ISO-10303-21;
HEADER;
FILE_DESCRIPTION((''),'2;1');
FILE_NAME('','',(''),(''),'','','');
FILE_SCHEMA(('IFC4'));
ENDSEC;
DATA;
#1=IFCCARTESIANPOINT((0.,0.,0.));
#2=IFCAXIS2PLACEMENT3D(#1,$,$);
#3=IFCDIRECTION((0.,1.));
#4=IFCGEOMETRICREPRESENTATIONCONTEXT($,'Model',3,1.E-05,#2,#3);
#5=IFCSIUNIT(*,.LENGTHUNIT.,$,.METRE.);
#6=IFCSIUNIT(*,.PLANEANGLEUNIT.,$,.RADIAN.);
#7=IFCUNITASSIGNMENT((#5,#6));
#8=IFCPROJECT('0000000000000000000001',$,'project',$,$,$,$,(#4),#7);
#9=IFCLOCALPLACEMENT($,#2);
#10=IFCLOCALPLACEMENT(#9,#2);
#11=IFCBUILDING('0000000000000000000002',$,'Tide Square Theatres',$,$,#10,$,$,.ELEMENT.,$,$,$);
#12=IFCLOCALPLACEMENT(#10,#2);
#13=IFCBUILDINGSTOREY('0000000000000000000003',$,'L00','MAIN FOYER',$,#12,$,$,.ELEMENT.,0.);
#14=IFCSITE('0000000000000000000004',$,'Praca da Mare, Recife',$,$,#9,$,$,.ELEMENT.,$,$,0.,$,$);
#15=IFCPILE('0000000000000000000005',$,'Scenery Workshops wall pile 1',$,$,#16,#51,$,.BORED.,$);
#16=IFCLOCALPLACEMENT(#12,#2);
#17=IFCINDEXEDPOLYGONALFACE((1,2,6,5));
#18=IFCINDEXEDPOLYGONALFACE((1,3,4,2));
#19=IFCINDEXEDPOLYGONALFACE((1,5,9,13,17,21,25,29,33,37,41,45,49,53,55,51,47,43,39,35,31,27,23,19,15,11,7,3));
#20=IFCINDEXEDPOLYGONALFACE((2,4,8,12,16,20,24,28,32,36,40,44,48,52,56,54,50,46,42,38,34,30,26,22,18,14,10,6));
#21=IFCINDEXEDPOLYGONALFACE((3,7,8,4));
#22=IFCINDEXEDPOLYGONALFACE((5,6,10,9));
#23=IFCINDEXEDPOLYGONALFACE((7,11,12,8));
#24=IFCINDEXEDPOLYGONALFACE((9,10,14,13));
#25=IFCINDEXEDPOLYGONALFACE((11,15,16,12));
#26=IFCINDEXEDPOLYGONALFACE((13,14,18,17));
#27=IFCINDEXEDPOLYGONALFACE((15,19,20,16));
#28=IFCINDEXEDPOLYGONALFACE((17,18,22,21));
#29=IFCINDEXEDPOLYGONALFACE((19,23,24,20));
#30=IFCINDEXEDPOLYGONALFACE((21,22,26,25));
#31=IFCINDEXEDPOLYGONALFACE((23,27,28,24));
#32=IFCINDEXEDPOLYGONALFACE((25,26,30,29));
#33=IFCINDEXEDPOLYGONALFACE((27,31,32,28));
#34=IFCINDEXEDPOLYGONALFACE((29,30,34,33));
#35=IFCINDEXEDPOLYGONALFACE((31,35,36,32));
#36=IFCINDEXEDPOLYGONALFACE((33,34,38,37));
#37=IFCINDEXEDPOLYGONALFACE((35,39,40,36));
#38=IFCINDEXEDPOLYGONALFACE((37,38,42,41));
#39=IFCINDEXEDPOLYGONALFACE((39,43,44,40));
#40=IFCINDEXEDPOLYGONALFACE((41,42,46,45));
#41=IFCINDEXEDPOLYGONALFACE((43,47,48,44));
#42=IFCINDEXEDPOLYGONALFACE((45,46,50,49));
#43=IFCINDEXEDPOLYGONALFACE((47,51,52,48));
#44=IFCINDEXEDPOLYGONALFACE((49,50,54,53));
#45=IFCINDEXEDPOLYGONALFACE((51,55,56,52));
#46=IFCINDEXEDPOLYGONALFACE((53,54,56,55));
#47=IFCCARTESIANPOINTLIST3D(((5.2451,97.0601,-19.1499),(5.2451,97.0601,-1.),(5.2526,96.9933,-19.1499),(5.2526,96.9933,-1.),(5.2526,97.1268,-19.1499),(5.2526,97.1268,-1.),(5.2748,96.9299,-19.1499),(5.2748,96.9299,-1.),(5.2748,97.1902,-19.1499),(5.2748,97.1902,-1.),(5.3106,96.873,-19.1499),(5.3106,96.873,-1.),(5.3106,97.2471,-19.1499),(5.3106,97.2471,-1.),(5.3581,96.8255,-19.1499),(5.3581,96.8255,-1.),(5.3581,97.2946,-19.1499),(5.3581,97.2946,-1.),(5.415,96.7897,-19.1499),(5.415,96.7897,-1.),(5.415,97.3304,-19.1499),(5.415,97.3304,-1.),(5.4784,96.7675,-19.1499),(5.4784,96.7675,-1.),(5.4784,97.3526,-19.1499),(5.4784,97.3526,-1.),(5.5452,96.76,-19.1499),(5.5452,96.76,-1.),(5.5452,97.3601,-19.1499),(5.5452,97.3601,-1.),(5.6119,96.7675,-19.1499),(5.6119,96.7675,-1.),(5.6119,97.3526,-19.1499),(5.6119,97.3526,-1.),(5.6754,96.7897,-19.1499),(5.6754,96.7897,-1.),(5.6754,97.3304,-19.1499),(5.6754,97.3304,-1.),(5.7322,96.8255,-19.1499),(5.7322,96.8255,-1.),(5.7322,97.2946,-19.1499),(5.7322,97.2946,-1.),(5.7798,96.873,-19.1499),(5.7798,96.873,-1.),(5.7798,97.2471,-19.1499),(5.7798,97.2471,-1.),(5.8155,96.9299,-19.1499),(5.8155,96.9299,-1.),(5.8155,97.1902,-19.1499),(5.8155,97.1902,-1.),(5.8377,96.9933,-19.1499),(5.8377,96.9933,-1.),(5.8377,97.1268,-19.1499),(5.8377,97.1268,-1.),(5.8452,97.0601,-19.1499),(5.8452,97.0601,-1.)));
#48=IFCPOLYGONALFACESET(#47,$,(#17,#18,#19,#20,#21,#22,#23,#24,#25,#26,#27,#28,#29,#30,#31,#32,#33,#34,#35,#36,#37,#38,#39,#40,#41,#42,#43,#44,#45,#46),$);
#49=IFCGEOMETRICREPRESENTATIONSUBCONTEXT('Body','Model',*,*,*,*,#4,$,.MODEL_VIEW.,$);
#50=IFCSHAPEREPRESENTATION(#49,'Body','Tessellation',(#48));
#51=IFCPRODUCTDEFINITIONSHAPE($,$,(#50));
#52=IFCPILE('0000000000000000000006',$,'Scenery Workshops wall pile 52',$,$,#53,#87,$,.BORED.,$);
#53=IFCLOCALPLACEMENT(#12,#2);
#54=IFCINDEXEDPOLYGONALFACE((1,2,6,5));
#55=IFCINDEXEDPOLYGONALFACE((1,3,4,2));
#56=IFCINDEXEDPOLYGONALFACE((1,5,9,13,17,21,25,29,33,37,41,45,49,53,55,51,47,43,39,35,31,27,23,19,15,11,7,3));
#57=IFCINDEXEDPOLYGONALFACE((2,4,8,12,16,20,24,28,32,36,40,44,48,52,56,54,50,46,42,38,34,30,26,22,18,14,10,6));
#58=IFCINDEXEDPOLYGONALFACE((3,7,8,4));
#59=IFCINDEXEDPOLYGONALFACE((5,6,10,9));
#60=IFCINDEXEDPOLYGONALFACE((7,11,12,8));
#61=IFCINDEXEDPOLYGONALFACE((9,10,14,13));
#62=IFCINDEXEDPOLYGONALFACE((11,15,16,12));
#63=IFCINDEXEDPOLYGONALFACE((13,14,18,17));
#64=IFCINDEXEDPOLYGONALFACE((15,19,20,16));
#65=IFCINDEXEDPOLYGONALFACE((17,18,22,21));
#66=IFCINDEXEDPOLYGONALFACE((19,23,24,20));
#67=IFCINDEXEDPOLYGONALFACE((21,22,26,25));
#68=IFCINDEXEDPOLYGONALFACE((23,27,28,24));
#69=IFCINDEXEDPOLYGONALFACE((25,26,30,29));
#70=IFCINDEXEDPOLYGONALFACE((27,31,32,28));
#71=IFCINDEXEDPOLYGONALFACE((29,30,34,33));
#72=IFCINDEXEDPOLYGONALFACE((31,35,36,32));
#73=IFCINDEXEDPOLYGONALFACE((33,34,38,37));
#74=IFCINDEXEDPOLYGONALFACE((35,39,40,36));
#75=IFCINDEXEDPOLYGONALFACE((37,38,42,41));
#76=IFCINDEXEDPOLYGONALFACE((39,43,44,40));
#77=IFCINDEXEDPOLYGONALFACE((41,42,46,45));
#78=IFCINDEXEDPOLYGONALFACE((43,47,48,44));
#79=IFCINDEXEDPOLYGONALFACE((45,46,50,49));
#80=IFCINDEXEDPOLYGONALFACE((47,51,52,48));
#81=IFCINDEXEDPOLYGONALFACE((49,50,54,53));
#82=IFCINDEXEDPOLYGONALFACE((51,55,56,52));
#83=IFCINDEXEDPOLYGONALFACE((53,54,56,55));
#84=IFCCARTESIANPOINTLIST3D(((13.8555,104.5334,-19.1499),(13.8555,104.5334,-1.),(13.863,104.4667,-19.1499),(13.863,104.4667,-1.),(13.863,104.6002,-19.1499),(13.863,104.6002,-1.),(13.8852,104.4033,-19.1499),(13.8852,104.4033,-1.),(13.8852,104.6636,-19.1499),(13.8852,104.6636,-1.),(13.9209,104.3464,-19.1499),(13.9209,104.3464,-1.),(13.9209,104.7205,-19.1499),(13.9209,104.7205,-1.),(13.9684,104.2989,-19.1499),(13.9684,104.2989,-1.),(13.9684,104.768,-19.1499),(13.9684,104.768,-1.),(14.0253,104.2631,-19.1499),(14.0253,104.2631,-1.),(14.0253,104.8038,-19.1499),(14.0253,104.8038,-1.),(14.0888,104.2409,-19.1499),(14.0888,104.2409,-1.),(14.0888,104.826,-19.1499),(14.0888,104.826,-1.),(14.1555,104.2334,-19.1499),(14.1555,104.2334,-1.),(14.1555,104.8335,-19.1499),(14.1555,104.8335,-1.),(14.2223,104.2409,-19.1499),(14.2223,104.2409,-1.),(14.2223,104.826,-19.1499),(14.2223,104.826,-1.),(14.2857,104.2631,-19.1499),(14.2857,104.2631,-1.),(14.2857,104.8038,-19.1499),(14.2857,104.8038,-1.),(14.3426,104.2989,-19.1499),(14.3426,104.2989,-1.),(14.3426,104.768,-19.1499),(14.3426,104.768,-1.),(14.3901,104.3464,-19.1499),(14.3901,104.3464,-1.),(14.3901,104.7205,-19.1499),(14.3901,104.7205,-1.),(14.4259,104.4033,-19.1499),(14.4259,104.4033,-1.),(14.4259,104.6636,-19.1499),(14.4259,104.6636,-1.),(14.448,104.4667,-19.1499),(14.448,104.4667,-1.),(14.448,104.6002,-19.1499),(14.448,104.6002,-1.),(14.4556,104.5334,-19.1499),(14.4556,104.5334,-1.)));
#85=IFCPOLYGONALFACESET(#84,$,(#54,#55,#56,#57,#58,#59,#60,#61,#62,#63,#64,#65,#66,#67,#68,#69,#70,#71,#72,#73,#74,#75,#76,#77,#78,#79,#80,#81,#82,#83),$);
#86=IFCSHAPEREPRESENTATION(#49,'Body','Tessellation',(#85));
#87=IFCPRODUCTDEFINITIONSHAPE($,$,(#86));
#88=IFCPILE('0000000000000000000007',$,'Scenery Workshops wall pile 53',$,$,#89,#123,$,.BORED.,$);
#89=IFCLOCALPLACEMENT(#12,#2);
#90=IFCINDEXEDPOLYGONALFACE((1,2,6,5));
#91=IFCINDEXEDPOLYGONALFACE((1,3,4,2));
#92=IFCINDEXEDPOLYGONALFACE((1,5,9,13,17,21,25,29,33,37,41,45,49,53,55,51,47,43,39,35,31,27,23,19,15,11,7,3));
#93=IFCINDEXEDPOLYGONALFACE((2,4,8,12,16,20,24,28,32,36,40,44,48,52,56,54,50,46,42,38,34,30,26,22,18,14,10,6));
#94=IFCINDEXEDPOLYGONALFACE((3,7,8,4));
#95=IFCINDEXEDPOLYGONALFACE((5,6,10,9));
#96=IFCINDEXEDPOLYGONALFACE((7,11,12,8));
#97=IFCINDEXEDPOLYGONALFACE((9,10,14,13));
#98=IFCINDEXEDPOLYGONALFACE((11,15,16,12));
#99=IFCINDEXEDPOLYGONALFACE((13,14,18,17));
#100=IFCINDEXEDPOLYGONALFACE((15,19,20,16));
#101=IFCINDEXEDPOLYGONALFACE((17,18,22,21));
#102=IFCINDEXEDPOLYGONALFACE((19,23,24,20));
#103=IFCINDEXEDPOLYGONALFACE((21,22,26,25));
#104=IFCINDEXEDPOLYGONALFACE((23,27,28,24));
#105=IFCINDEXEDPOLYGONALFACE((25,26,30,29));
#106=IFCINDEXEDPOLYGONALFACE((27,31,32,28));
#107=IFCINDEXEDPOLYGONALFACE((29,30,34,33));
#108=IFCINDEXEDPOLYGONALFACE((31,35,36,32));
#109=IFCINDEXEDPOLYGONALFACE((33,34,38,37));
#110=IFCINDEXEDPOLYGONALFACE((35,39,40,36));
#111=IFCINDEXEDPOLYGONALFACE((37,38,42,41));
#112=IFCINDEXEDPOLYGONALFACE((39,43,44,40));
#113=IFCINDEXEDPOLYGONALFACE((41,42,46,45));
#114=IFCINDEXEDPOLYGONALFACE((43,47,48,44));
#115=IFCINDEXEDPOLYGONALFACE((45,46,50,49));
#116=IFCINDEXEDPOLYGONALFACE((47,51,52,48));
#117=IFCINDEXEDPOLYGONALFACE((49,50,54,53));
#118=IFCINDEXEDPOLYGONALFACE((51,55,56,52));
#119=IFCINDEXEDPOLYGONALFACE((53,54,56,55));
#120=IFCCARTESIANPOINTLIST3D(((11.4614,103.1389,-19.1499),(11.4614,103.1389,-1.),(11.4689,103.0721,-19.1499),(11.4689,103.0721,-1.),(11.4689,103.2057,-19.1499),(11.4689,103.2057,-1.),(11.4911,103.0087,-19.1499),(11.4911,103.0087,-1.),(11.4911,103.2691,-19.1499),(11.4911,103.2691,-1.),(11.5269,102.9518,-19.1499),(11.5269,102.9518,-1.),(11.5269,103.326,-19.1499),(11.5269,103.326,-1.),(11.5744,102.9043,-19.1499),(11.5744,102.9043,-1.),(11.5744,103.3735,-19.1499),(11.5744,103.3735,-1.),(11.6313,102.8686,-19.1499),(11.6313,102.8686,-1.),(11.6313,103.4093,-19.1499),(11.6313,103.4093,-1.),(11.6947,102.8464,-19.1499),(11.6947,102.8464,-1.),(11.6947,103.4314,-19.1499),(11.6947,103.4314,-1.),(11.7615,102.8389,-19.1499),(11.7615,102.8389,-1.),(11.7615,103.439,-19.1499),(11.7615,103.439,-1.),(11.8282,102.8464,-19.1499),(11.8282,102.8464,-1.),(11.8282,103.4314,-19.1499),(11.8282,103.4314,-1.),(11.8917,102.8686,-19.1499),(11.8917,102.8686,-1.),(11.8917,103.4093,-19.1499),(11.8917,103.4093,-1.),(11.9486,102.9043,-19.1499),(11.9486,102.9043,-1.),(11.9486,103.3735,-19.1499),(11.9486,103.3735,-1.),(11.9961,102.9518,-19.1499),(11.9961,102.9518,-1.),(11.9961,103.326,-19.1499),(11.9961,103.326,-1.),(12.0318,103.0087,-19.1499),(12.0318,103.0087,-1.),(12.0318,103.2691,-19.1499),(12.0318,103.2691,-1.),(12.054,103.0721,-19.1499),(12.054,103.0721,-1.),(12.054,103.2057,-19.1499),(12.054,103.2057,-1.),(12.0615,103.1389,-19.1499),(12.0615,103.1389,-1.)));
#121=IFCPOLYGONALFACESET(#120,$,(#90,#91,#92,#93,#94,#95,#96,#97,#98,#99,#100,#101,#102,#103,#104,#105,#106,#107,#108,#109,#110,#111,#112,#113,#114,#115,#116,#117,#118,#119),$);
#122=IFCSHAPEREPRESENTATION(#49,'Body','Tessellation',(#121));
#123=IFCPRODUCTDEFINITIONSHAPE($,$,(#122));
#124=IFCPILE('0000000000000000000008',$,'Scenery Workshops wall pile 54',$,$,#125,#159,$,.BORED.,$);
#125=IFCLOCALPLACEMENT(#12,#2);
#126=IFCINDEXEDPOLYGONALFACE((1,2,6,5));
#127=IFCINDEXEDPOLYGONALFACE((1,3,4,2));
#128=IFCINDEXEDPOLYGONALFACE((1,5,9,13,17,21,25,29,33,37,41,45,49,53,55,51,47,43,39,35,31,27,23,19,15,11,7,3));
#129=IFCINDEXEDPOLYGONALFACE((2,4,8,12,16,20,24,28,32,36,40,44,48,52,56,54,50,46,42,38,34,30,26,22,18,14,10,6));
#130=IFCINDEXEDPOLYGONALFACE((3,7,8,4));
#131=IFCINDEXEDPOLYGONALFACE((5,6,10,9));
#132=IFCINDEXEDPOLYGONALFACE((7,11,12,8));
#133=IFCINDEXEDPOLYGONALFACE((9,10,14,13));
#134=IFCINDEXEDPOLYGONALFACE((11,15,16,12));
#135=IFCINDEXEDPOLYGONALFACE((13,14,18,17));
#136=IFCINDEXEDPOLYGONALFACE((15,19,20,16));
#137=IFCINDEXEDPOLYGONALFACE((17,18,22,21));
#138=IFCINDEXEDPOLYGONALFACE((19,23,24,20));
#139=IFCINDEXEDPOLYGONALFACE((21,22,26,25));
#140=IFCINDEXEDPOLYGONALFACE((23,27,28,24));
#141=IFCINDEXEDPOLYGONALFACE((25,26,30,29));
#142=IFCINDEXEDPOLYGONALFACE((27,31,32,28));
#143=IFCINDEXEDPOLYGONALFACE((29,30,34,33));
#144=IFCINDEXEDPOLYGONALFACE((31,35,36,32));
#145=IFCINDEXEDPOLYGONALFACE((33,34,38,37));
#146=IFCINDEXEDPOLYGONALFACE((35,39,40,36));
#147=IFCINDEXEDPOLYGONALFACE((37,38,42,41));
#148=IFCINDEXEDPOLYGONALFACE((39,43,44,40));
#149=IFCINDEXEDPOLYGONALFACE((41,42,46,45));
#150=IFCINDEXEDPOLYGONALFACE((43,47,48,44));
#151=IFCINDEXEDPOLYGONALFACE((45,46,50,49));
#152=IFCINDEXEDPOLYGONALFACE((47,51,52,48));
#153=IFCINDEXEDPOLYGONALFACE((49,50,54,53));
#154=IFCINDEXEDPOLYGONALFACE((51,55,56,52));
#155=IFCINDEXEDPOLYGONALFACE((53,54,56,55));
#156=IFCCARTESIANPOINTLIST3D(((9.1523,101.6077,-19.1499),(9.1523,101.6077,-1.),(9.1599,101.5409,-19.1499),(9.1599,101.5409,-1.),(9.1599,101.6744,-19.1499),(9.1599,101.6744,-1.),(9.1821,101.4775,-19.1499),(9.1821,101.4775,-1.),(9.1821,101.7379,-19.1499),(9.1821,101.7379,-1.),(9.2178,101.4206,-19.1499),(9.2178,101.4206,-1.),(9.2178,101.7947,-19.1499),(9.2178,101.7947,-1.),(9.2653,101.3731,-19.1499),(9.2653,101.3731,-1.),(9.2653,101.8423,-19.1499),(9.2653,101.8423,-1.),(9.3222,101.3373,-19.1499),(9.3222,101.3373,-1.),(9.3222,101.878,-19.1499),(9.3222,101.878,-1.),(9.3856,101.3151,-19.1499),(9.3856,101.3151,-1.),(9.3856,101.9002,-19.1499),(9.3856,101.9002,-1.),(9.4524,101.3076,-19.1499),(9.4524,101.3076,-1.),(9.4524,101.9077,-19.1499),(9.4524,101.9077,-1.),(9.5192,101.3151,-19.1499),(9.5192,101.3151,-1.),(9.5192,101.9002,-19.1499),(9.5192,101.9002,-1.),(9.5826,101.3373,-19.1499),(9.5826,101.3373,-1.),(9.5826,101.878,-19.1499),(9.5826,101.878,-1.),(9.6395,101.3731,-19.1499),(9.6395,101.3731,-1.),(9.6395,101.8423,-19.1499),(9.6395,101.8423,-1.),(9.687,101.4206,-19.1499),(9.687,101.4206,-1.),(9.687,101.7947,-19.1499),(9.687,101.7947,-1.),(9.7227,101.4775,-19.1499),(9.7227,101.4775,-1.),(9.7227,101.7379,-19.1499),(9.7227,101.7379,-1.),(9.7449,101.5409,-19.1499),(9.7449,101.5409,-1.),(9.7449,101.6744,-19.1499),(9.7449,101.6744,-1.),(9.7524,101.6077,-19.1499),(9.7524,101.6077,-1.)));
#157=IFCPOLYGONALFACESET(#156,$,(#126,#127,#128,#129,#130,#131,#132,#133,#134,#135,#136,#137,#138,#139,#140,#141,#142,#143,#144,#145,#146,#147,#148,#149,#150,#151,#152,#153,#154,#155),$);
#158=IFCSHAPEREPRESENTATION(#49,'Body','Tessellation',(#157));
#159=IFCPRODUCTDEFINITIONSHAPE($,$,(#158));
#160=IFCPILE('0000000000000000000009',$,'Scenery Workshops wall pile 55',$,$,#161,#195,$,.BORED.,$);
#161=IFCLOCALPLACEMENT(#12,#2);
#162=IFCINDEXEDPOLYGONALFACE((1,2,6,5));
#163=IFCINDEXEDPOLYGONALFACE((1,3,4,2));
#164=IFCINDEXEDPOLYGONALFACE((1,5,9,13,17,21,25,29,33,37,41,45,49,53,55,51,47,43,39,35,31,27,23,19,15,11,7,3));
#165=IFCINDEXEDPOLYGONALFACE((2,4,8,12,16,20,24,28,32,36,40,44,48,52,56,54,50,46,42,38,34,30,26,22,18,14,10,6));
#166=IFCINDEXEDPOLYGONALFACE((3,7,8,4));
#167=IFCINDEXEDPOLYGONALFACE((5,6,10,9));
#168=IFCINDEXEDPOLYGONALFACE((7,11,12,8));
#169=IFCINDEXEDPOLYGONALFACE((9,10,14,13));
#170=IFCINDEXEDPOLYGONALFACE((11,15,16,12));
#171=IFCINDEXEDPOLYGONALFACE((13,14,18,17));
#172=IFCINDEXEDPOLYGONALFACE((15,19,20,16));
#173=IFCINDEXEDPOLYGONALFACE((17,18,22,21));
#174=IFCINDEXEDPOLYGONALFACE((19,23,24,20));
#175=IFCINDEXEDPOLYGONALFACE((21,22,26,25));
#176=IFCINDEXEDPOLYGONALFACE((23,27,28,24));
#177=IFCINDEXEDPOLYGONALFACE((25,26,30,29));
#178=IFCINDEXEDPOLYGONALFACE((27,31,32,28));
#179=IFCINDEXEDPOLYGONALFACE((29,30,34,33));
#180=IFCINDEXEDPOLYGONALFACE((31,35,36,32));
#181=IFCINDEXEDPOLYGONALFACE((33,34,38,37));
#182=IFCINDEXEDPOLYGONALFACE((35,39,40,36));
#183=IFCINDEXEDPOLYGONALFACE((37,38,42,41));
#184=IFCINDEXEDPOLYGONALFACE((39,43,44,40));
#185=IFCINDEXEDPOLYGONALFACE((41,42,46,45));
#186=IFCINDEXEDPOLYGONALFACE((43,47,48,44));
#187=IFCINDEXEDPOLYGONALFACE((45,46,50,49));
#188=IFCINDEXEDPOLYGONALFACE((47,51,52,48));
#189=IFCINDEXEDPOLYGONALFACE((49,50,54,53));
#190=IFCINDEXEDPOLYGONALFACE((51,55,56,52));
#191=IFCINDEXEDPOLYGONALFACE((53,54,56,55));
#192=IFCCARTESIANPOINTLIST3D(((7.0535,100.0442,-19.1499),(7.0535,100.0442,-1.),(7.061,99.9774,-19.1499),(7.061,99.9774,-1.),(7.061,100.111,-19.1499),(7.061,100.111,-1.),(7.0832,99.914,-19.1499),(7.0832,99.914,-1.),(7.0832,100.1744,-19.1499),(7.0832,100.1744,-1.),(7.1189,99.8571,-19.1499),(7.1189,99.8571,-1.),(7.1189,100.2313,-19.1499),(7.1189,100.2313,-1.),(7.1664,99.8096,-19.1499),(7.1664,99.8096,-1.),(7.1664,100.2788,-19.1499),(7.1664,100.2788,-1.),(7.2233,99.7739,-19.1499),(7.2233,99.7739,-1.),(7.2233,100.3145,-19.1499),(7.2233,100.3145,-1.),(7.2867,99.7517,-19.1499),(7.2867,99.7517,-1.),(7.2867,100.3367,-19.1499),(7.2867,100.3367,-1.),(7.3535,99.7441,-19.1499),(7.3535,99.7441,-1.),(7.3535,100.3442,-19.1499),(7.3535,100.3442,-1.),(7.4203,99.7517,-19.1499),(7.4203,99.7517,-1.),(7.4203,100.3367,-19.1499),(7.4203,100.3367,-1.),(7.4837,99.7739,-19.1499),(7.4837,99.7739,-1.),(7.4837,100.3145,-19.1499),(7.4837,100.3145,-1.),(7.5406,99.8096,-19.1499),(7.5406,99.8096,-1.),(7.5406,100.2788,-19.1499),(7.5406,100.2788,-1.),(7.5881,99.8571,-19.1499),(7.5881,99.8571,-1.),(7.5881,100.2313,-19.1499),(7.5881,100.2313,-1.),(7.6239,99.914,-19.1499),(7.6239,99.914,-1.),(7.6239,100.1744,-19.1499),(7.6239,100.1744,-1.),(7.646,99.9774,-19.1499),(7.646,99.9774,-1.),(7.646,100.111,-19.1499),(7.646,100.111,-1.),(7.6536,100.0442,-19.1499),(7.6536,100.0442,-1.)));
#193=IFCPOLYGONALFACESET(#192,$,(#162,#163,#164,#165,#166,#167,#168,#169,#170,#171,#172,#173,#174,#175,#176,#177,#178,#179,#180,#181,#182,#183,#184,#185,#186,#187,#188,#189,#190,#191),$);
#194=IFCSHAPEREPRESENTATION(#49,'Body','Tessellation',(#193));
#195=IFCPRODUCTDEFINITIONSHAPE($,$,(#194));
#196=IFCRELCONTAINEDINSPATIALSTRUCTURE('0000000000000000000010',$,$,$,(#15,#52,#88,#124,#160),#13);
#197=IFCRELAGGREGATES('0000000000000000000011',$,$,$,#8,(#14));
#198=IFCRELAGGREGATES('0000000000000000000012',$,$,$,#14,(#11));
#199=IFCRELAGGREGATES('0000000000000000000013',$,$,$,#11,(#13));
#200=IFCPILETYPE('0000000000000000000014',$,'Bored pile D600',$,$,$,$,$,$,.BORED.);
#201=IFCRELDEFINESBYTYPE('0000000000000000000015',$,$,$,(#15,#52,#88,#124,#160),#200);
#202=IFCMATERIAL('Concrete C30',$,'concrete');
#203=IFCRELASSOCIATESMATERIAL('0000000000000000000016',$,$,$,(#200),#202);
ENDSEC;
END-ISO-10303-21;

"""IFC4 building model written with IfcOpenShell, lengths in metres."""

from ifc_helpers import new_model, si_unit, direction, frame, origin, origin_2d, place, context, subcontext, project, spatial, circle, extrude, material, material_profile, profile_set, type_object, element, save


model = new_model("IFC4")

# Units and contexts
model_context = context("Model", 3, precision=1e-05, world=origin(), true_north=direction((0.0, 1.0)))
body_context = subcontext(model_context, "Body", "Model", "MODEL_VIEW")
ifc_project = project(units=[si_unit("LENGTHUNIT", "METRE"), si_unit("PLANEANGLEUNIT", "RADIAN")], contexts=[model_context])

# Site, building, storey
site_placement = place(None, origin())
site = spatial("IfcSite", under=ifc_project, at=site_placement, Name="Praca da Mare, Recife", CompositionType="ELEMENT", RefElevation=0.0)
building_placement = place(site_placement, origin())
building = spatial("IfcBuilding", under=site, at=building_placement, Name="Tide Square Theatres", CompositionType="ELEMENT")
storey_placement = place(building_placement, origin())
storey = spatial("IfcBuildingStorey", under=building, at=storey_placement, Name="L00", Description="MAIN FOYER", CompositionType="ELEMENT", Elevation=0.0)

# Piles
ifc_material_1 = material(Name="Concrete C30", Category="concrete")
ifc_material_profile_1 = material_profile(ifc_material_1, circle(Radius=0.3, at=origin_2d()))
ifc_profile_set_1 = profile_set([ifc_material_profile_1], Name="Concrete C30")
pile_type = type_object("IfcPileType", Name="Bored pile D600", PredefinedType="BORED", material=ifc_profile_set_1)
for number, where, z_axis, x_axis, name in (
    (1, (5.5452, 97.0601, -1.0), (0.0, 0.0, -1.0), (1.0, 0.0, 0.0), "Scenery Workshops wall pile 1"),
    (2, (14.1555, 104.5334, -1.0), (0.0, 0.0, -1.0), (1.0, 0.0, 0.0), "Scenery Workshops wall pile 52"),
    (3, (11.7615, 103.1389, -1.0), (0.0, 0.0, -1.0), (1.0, 0.0, 0.0), "Scenery Workshops wall pile 53"),
    (4, (9.4524, 101.6077, -1.0), (0.0, 0.0, -1.0), (1.0, 0.0, 0.0), "Scenery Workshops wall pile 54"),
    (5, (7.3535, 100.0442, -1.0), (0.0, 0.0, -1.0), (1.0, 0.0, 0.0), "Scenery Workshops wall pile 55"),
):
    element("IfcPile", number, at=place(storey_placement, frame(where, z_axis=z_axis, x_axis=x_axis)), inside=storey, type_object=pile_type, Name=name, PredefinedType="BORED", context=body_context, shape_type="SweptSolid", body=[
        extrude(circle(Radius=0.3, at=origin_2d()), origin(), (0.0, 0.0, 1.0), 18.1499),
    ])

save(model, "model.ifc")
